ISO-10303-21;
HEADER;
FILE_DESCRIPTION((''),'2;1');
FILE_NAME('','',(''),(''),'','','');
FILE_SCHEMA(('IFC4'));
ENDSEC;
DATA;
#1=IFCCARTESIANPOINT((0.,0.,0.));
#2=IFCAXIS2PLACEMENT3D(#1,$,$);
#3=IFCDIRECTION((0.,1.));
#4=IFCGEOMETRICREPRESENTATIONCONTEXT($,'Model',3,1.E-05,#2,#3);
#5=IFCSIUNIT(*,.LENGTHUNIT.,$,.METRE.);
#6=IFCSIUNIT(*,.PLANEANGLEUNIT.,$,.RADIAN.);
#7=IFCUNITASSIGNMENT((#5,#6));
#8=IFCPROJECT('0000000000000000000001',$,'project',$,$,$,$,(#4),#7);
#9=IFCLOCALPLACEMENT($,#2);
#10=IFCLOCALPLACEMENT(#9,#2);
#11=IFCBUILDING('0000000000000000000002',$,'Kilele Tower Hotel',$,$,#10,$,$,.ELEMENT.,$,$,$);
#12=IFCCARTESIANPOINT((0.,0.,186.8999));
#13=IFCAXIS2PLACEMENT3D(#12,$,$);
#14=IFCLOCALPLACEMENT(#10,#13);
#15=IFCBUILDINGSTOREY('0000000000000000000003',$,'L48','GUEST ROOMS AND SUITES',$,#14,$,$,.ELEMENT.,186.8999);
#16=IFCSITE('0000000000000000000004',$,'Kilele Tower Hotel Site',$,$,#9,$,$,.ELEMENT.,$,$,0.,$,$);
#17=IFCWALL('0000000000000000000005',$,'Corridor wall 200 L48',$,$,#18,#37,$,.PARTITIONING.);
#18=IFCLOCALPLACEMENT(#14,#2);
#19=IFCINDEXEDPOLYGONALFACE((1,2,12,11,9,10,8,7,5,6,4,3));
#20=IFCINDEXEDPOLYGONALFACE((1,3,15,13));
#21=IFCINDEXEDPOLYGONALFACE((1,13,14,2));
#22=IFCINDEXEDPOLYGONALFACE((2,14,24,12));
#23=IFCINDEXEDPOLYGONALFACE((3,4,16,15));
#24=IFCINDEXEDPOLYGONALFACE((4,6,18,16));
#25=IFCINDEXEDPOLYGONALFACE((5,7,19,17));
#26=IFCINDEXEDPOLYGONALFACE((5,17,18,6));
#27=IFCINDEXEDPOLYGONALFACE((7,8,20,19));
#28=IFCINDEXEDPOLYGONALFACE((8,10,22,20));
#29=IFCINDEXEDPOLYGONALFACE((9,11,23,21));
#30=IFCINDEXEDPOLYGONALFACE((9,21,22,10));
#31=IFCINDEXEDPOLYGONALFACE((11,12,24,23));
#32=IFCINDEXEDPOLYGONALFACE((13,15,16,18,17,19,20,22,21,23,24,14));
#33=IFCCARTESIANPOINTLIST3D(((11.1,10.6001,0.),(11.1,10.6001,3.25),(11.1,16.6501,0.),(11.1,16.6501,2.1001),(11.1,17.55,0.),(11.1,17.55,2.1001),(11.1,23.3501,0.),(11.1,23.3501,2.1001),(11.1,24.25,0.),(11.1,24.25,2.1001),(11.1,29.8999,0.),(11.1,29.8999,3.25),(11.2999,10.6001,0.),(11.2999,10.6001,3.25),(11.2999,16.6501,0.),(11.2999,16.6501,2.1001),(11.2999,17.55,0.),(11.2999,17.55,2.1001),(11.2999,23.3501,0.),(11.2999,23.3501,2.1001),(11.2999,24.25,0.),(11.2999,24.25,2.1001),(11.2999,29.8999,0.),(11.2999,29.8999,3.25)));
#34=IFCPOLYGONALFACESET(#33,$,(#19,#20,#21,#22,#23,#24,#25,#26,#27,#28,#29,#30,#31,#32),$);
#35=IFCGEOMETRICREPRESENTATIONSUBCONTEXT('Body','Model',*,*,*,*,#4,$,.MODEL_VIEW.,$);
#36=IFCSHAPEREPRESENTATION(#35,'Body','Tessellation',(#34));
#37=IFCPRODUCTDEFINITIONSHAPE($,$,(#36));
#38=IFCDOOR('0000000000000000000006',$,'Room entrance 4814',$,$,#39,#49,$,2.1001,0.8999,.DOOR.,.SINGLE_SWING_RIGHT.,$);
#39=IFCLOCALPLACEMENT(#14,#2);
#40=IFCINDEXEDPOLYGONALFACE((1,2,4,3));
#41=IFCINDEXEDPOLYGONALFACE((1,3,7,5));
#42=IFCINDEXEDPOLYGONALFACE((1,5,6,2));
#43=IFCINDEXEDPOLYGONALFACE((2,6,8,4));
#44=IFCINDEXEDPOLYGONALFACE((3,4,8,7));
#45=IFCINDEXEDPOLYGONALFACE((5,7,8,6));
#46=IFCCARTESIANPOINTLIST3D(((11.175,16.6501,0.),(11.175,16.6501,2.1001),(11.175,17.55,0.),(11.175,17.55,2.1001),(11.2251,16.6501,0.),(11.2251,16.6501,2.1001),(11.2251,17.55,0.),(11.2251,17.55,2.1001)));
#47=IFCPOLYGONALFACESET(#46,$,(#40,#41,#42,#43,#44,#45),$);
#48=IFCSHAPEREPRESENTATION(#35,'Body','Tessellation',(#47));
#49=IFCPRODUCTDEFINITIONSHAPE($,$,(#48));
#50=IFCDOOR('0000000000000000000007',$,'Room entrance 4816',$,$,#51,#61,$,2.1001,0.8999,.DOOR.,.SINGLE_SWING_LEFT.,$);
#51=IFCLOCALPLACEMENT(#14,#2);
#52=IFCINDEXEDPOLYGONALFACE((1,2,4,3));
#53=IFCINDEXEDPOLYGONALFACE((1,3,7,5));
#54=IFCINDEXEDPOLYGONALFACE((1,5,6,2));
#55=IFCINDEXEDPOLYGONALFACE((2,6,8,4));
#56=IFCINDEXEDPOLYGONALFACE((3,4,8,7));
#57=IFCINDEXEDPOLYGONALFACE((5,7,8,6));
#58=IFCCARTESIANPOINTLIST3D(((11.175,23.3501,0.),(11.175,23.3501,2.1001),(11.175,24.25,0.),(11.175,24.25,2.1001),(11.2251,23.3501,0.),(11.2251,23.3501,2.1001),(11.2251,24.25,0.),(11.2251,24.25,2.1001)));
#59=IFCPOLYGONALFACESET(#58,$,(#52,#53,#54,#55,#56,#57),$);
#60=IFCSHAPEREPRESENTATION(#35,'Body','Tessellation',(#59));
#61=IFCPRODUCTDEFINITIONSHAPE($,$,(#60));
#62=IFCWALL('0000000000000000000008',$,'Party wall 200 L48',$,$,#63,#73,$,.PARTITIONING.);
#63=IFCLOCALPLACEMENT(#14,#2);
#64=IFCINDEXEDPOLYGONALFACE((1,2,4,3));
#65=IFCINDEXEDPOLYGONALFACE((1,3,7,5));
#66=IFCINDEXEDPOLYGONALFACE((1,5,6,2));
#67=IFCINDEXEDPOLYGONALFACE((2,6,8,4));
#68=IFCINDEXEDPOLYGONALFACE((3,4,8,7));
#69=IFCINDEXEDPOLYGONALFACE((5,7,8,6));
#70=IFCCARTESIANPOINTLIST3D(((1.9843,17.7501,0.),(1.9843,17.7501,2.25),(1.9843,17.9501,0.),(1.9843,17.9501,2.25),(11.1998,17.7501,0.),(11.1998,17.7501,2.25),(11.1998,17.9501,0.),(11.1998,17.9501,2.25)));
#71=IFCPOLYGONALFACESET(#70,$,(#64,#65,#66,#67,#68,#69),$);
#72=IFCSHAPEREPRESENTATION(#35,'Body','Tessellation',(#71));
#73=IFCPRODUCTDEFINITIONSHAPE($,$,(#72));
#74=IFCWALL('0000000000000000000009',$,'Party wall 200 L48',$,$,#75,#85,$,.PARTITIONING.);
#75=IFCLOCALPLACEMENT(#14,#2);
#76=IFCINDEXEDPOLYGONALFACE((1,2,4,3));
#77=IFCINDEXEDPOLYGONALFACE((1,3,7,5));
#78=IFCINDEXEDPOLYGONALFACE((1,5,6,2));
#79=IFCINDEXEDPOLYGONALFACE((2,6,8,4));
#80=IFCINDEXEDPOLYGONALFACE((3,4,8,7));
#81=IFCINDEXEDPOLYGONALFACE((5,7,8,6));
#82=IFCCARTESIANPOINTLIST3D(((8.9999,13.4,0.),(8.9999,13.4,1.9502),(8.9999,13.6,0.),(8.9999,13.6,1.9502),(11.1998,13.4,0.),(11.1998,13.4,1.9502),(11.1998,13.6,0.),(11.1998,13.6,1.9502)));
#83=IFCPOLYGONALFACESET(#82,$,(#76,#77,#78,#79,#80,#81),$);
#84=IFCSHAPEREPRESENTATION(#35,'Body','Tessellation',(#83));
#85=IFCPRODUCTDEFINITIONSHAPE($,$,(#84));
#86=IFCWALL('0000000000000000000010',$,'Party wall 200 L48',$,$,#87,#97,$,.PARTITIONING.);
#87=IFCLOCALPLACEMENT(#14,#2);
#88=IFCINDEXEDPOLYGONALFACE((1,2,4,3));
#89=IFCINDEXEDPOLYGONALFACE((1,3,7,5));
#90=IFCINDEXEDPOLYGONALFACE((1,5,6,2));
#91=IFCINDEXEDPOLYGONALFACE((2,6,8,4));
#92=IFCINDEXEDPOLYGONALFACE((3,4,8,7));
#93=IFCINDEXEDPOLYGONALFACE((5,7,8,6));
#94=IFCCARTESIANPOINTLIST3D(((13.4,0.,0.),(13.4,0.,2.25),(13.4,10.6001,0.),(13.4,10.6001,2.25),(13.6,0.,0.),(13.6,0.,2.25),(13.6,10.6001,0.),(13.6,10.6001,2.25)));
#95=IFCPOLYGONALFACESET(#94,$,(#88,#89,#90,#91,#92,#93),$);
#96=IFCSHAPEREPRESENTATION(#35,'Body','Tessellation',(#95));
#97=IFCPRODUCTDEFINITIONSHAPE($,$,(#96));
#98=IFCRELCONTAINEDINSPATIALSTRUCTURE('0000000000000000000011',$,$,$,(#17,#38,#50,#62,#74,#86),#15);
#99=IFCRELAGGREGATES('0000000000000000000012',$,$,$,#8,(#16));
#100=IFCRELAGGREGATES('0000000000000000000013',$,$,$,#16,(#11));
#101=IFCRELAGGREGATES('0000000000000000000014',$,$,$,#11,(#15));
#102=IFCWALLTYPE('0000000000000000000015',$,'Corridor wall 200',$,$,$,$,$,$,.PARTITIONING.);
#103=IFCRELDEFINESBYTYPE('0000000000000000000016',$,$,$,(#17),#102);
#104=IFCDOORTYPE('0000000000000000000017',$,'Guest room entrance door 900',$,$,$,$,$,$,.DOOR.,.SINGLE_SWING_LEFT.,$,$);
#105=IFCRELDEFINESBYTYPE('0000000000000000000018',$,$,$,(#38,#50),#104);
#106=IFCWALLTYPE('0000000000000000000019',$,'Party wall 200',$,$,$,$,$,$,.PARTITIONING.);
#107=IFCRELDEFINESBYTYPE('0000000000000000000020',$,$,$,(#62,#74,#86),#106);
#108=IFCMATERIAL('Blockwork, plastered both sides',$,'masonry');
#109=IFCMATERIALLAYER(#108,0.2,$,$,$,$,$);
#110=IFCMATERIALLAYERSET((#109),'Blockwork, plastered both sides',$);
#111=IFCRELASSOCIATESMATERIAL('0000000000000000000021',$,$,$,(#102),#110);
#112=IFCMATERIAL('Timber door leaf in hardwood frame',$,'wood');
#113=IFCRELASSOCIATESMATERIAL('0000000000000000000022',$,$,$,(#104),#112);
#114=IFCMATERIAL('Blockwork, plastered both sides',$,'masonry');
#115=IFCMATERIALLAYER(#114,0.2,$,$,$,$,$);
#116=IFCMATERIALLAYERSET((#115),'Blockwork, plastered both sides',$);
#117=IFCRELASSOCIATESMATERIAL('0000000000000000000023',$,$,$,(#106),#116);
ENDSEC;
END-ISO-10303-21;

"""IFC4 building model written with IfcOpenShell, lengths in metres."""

from ifc_helpers import new_model, si_unit, direction, frame, frame_2d, origin, place, context, subcontext, project, spatial, rectangle, extrude, material, layer, layer_set, type_object, element, fill, save


model = new_model("IFC4")

# Units and contexts
model_context = context("Model", 3, precision=1e-05, world=origin(), true_north=direction((0.0, 1.0)))
body_context = subcontext(model_context, "Body", "Model", "MODEL_VIEW")
ifc_project = project(units=[si_unit("LENGTHUNIT", "METRE"), si_unit("PLANEANGLEUNIT", "RADIAN")], contexts=[model_context])

# Site, building, storey
site_placement = place(None, origin())
site = spatial("IfcSite", under=ifc_project, at=site_placement, Name="Kilele Tower Hotel Site", CompositionType="ELEMENT", RefElevation=0.0)
building_placement = place(site_placement, origin())
building = spatial("IfcBuilding", under=site, at=building_placement, Name="Kilele Tower Hotel", CompositionType="ELEMENT")
storey_placement = place(building_placement, frame((0.0, 0.0, 186.8999)))
storey = spatial("IfcBuildingStorey", under=building, at=storey_placement, Name="L48", Description="GUEST ROOMS AND SUITES", CompositionType="ELEMENT", Elevation=186.8999)

# Wall, openings, doors
ifc_material_1 = material(Name="Blockwork, plastered both sides", Category="masonry")
ifc_layer_1 = layer(ifc_material_1, 0.2)
ifc_layer_set_1 = layer_set([ifc_layer_1], Name="Blockwork, plastered both sides")
wall_type_1 = type_object("IfcWallType", Name="Corridor wall 200", PredefinedType="PARTITIONING", material=ifc_layer_set_1)
ifc_material_2 = material(Name="Timber door leaf in hardwood frame", Category="wood")
door_type_1 = type_object("IfcDoorType", Name="Guest room entrance door 900", OperationType="SINGLE_SWING_LEFT", PredefinedType="DOOR", material=ifc_material_2)
wall_1_placement = place(storey_placement, frame((11.2, 10.6001, 0.0), z_axis=(0.0, 0.0, 1.0), x_axis=(0.0, 1.0, 0.0)))
wall_1 = element("IfcWall", 1, at=wall_1_placement, inside=storey, type_object=wall_type_1, Name="Corridor wall 200 L48", PredefinedType="PARTITIONING", context=body_context, shape_type="SweptSolid", body=[
    extrude(rectangle(XDim=19.2998, YDim=0.2, at=frame_2d((9.6499, 0.0))), origin(), (0.0, 0.0, 1.0), 3.25),
])
opening_1_placement = place(wall_1_placement, frame((6.05, 0.0, 0.0)))
opening_1 = element("IfcOpeningElement", 2, at=opening_1_placement, cuts=wall_1, PredefinedType="OPENING", context=body_context, shape_type="SweptSolid", body=[
    extrude(rectangle(XDim=0.8999, YDim=2.1001, at=frame_2d((0.45, 1.05))), frame((0.0, 0.1099, 0.0), z_axis=(0.0, -1.0, 0.0), x_axis=(1.0, 0.0, 0.0)), (0.0, 0.0, 1.0), 0.22),
])
opening_2_placement = place(wall_1_placement, frame((12.75, 0.0, 0.0)))
opening_2 = element("IfcOpeningElement", 3, at=opening_2_placement, cuts=wall_1, PredefinedType="OPENING", context=body_context, shape_type="SweptSolid", body=[
    extrude(rectangle(XDim=0.8999, YDim=2.1001, at=frame_2d((0.45, 1.05))), frame((0.0, 0.1099, 0.0), z_axis=(0.0, -1.0, 0.0), x_axis=(1.0, 0.0, 0.0)), (0.0, 0.0, 1.0), 0.22),
])
door_1_placement = place(opening_1_placement, origin())
door_1 = element("IfcDoor", 4, at=door_1_placement, inside=storey, type_object=door_type_1, Name="Room entrance 4814", OperationType="SINGLE_SWING_RIGHT", OverallHeight=2.1001, OverallWidth=0.8999, PredefinedType="DOOR", context=body_context, shape_type="SweptSolid", body=[
    extrude(rectangle(XDim=0.8999, YDim=2.1001, at=frame_2d((0.45, 1.05))), frame((0.0, 0.0249, 0.0), z_axis=(0.0, -1.0, 0.0), x_axis=(1.0, 0.0, 0.0)), (0.0, 0.0, 1.0), 0.05),
])
fill(opening_1, door_1)
door_2_placement = place(opening_2_placement, origin())
door_2 = element("IfcDoor", 5, at=door_2_placement, inside=storey, type_object=door_type_1, Name="Room entrance 4816", OperationType="SINGLE_SWING_LEFT", OverallHeight=2.1001, OverallWidth=0.8999, PredefinedType="DOOR", context=body_context, shape_type="SweptSolid", body=[
    extrude(rectangle(XDim=0.8999, YDim=2.1001, at=frame_2d((0.45, 1.05))), frame((0.0, 0.0249, 0.0), z_axis=(0.0, -1.0, 0.0), x_axis=(1.0, 0.0, 0.0)), (0.0, 0.0, 1.0), 0.05),
])
fill(opening_2, door_2)

# Walls
ifc_material_3 = material(Name="Blockwork, plastered both sides", Category="masonry")
ifc_layer_2 = layer(ifc_material_3, 0.2)
ifc_layer_set_2 = layer_set([ifc_layer_2], Name="Blockwork, plastered both sides")
wall_type_2 = type_object("IfcWallType", Name="Party wall 200", PredefinedType="PARTITIONING", material=ifc_layer_set_2)
wall_2_placement = place(storey_placement, frame((11.2, 17.8501, 0.0), z_axis=(0.0, 0.0, 1.0), x_axis=(-1.0, 0.0, 0.0)))
element("IfcWall", 6, at=wall_2_placement, inside=storey, type_object=wall_type_2, Name="Party wall 200 L48", PredefinedType="PARTITIONING", context=body_context, shape_type="SweptSolid", body=[
    extrude(rectangle(XDim=9.2156, YDim=0.2, at=frame_2d((4.6079, 0.0))), origin(), (0.0, 0.0, 1.0), 2.25),
])
wall_3_placement = place(storey_placement, frame((11.2, 13.5, 0.0), z_axis=(0.0, 0.0, 1.0), x_axis=(-1.0, 0.0, 0.0)))
element("IfcWall", 7, at=wall_3_placement, inside=storey, type_object=wall_type_2, Name="Party wall 200 L48", PredefinedType="PARTITIONING", context=body_context, shape_type="SweptSolid", body=[
    extrude(rectangle(XDim=2.2, YDim=0.2, at=frame_2d((1.1001, 0.0))), origin(), (0.0, 0.0, 1.0), 1.9502),
])
wall_4_placement = place(storey_placement, frame((13.5, 10.6001, 0.0), z_axis=(0.0, 0.0, 1.0), x_axis=(0.0, -1.0, 0.0)))
element("IfcWall", 8, at=wall_4_placement, inside=storey, type_object=wall_type_2, Name="Party wall 200 L48", PredefinedType="PARTITIONING", context=body_context, shape_type="SweptSolid", body=[
    extrude(rectangle(XDim=10.6001, YDim=0.2, at=frame_2d((5.3, 0.0))), origin(), (0.0, 0.0, 1.0), 2.25),
])

save(model, "model.ifc")
